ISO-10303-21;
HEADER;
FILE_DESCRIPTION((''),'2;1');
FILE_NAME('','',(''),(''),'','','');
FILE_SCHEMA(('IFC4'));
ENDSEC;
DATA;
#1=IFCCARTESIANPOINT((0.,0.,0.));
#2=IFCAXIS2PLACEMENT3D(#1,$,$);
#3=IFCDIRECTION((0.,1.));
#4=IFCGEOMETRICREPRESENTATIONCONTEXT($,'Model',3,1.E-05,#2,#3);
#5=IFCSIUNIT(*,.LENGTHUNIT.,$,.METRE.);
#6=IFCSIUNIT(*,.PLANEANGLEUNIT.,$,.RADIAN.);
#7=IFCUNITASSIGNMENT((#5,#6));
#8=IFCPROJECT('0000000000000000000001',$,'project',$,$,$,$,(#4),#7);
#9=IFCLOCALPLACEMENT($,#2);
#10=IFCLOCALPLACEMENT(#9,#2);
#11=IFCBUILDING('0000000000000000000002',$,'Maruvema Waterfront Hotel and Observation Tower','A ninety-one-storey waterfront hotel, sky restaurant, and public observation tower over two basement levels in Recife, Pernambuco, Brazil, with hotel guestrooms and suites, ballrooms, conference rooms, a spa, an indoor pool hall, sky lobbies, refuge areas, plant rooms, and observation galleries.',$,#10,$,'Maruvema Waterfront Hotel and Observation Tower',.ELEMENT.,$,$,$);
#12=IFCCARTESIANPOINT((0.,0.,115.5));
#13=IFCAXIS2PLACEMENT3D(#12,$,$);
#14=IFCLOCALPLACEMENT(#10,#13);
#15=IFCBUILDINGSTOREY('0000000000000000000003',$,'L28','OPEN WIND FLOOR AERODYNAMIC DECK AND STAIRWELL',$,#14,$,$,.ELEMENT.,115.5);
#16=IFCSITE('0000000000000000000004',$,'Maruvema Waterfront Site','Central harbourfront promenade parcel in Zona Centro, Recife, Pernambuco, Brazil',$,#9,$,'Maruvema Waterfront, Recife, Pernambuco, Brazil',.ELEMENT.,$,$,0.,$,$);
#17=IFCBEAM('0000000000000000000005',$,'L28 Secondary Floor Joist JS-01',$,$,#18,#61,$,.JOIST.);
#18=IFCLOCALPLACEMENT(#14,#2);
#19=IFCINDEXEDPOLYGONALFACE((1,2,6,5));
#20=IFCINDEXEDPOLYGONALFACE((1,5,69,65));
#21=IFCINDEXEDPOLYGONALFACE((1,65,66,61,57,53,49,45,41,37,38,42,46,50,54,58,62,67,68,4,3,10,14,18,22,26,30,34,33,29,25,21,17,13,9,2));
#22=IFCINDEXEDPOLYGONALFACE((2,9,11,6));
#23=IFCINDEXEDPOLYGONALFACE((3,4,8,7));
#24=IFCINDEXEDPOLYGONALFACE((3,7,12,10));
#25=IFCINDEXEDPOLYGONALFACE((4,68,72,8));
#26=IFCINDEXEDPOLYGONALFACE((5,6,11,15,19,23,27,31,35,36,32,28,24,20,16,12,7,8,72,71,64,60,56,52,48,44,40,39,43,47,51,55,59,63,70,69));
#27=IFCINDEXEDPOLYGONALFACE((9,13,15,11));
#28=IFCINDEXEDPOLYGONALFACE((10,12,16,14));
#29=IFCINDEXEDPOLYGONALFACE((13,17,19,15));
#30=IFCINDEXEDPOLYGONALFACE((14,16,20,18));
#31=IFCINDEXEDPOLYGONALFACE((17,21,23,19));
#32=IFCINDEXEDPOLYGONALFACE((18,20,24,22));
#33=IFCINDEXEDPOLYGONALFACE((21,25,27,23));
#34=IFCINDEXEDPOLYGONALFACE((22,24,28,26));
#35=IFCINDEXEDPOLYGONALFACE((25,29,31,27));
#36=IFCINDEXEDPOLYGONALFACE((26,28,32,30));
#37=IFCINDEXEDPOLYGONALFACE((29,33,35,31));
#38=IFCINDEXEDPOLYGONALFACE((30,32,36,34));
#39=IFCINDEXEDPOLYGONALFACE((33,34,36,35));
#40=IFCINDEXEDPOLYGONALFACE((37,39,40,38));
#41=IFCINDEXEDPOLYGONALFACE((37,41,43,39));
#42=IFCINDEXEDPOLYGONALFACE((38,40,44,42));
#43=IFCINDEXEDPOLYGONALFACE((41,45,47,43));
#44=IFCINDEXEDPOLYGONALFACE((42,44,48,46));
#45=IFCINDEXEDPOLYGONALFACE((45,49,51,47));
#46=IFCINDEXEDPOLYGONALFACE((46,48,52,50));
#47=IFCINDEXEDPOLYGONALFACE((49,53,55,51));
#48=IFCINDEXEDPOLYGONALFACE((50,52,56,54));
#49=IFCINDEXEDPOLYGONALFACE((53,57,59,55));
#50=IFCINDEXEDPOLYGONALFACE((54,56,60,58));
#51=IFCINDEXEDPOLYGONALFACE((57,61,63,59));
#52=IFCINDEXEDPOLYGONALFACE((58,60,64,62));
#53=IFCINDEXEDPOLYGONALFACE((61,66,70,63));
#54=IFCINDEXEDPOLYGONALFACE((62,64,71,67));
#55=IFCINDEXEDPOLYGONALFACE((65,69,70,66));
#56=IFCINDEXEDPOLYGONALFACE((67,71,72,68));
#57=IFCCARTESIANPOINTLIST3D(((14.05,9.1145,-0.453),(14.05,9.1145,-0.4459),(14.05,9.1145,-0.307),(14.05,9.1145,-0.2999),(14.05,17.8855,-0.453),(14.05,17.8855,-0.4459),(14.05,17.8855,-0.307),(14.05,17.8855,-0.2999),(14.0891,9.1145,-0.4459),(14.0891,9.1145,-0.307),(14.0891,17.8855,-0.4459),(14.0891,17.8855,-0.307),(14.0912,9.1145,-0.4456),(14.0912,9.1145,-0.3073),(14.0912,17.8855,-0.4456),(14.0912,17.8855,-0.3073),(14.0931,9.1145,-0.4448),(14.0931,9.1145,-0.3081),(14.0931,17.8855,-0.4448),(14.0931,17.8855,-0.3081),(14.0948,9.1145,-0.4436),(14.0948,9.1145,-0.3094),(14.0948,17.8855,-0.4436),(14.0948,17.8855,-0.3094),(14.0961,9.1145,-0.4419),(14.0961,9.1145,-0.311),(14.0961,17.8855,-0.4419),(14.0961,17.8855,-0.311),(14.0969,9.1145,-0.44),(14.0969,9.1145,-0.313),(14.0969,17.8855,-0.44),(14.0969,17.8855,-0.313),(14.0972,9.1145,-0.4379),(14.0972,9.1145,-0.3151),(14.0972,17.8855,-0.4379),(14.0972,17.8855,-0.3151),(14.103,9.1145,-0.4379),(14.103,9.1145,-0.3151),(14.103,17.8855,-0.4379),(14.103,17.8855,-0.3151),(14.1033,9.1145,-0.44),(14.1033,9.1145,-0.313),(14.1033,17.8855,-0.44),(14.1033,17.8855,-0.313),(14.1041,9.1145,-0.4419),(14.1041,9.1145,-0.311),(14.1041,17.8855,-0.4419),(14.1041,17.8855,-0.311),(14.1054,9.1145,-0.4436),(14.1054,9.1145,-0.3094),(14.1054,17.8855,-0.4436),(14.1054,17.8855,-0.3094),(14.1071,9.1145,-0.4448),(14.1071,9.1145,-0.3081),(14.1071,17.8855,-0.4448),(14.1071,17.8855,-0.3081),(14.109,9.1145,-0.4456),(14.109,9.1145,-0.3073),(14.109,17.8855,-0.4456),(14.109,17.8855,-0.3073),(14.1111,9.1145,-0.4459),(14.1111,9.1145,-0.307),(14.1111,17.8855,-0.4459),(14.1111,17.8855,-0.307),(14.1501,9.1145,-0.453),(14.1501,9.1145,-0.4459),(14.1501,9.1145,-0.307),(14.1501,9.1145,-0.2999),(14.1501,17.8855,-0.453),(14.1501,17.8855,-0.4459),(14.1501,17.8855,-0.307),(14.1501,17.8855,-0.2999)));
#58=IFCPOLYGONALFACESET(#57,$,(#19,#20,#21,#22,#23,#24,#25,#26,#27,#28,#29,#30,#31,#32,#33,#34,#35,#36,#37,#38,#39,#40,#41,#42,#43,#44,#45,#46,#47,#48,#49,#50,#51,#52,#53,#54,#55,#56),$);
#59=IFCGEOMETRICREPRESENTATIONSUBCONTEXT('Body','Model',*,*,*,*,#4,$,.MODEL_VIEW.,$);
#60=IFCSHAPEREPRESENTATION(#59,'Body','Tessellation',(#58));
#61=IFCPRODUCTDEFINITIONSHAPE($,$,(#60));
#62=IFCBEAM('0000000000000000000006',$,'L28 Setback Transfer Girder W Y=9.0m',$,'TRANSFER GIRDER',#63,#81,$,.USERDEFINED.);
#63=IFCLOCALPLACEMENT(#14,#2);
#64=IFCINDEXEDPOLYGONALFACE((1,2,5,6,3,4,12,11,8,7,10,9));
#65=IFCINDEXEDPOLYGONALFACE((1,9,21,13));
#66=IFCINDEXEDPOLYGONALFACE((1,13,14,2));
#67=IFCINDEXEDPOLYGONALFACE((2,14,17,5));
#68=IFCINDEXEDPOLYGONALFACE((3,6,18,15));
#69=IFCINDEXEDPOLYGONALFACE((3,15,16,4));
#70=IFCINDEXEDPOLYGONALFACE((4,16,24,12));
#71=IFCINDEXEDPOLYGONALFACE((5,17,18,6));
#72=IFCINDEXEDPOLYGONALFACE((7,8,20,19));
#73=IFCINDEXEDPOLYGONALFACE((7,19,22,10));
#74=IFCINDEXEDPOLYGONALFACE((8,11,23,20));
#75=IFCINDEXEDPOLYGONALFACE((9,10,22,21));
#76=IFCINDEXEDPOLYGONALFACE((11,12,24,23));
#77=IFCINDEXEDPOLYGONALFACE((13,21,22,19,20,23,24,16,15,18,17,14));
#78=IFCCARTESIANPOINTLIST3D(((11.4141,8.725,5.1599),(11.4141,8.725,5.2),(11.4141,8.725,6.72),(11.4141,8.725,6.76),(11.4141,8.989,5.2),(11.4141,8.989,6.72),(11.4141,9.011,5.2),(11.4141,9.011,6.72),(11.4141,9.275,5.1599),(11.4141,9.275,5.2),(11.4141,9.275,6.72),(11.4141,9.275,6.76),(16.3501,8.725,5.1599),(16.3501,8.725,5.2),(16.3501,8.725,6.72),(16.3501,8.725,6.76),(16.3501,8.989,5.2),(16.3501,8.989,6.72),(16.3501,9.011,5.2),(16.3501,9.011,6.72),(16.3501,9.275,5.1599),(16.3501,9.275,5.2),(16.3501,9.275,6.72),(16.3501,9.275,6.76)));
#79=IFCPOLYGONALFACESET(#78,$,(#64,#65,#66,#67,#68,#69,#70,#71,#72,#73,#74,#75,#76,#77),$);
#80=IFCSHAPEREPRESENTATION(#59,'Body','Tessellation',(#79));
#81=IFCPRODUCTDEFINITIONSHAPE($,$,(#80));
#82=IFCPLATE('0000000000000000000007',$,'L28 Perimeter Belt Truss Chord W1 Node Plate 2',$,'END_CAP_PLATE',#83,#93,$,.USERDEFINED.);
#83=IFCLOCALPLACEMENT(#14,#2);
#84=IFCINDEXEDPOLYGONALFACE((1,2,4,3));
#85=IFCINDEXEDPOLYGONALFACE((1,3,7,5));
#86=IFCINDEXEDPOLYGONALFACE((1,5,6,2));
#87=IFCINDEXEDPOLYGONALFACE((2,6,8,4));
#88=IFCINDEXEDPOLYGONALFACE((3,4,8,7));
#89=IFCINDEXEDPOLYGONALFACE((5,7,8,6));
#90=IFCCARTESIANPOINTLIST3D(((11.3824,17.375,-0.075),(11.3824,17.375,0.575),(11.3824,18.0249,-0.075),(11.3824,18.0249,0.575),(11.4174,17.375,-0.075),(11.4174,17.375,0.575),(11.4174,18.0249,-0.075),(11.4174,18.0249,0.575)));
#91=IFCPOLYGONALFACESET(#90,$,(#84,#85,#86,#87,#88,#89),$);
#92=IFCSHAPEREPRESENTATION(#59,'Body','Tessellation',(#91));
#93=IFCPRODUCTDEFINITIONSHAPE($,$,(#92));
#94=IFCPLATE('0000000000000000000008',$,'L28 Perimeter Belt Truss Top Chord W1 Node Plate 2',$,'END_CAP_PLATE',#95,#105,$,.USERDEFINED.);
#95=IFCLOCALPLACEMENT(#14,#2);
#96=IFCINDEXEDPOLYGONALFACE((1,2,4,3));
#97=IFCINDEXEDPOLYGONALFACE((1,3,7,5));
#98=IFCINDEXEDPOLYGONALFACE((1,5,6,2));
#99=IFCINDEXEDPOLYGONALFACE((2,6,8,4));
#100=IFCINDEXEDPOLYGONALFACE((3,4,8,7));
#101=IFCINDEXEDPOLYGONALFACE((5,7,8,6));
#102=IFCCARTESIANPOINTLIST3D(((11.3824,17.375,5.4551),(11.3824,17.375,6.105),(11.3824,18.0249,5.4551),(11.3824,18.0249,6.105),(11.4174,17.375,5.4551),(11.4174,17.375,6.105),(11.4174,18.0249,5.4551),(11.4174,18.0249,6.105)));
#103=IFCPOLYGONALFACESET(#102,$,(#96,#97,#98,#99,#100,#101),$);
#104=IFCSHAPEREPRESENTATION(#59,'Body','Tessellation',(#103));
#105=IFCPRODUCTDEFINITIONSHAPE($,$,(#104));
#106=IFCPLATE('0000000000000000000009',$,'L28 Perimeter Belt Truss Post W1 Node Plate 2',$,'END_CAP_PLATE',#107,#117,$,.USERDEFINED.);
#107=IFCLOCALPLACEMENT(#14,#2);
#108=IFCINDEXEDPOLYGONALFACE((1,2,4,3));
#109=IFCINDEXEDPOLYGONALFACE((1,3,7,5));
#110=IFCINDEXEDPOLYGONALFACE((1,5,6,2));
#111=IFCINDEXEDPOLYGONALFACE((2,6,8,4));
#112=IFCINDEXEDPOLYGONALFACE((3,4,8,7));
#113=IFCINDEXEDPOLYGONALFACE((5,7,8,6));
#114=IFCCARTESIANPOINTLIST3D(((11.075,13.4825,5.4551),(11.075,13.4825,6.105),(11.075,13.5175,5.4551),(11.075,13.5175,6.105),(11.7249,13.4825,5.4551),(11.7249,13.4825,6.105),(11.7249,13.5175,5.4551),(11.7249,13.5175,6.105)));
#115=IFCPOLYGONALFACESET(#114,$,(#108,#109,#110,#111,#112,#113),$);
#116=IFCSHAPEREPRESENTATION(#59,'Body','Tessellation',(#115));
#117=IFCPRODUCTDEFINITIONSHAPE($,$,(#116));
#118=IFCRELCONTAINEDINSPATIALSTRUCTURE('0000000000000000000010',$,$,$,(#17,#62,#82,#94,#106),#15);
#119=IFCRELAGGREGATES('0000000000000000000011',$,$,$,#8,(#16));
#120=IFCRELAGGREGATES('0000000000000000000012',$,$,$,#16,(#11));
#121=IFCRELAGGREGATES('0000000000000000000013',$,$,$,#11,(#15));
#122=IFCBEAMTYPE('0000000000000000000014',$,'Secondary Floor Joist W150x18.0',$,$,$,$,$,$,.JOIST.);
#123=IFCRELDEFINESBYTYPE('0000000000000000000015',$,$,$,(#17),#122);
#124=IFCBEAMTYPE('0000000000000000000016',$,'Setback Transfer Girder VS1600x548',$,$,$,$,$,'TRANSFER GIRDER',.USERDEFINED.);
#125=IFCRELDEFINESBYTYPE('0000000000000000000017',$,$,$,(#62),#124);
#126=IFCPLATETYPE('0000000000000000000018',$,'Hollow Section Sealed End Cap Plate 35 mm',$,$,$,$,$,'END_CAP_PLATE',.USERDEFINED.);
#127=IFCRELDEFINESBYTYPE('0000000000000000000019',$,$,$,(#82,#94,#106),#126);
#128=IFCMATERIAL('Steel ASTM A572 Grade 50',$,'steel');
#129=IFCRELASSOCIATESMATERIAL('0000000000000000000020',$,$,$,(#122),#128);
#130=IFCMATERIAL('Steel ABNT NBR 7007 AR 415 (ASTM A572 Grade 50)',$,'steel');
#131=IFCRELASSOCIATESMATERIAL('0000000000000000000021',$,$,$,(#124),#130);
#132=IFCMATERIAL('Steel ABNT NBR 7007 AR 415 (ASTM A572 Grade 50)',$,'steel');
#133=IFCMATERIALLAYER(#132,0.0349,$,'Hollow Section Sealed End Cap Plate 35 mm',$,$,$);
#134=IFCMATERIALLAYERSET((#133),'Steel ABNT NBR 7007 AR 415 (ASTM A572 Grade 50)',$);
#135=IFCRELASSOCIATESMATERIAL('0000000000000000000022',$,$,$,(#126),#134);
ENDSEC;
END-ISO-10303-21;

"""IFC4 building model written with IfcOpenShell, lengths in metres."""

from ifc_helpers import new_model, si_unit, direction, frame, origin, origin_2d, place, context, subcontext, project, spatial, rectangle, i_section, extrude, material, layer, layer_set, material_profile, profile_set, type_object, element, save


model = new_model("IFC4")

# Units and contexts
model_context = context("Model", 3, precision=1e-05, world=origin(), true_north=direction((0.0, 1.0)))
body_context = subcontext(model_context, "Body", "Model", "MODEL_VIEW")
ifc_project = project(units=[si_unit("LENGTHUNIT", "METRE"), si_unit("PLANEANGLEUNIT", "RADIAN")], contexts=[model_context])

# Site, building, storey
site_placement = place(None, origin())
site = spatial("IfcSite", under=ifc_project, at=site_placement, Name="Maruvema Waterfront Site", Description="Central harbourfront promenade parcel in Zona Centro, Recife, Pernambuco, Brazil", LongName="Maruvema Waterfront, Recife, Pernambuco, Brazil", CompositionType="ELEMENT", RefElevation=0.0)
building_placement = place(site_placement, origin())
building = spatial("IfcBuilding", under=site, at=building_placement, Name="Maruvema Waterfront Hotel and Observation Tower", Description="A ninety-one-storey waterfront hotel, sky restaurant, and public observation tower over two basement levels in Recife, Pernambuco, Brazil, with hotel guestrooms and suites, ballrooms, conference rooms, a spa, an indoor pool hall, sky lobbies, refuge areas, plant rooms, and observation galleries.", LongName="Maruvema Waterfront Hotel and Observation Tower", CompositionType="ELEMENT")
storey_placement = place(building_placement, frame((0.0, 0.0, 115.5)))
storey = spatial("IfcBuildingStorey", under=building, at=storey_placement, Name="L28", Description="OPEN WIND FLOOR AERODYNAMIC DECK AND STAIRWELL", CompositionType="ELEMENT", Elevation=115.5)

# Beams
ifc_material_1 = material(Name="Steel ASTM A572 Grade 50", Category="steel")
ifc_material_profile_1 = material_profile(ifc_material_1, i_section(OverallWidth=0.1001, OverallDepth=0.1531, WebThickness=0.0059, FlangeThickness=0.0071, FilletRadius=0.0081, at=origin_2d()), Name="W150x18.0")
ifc_profile_set_1 = profile_set([ifc_material_profile_1], Name="Steel ASTM A572 Grade 50")
beam_type_1 = type_object("IfcBeamType", Name="Secondary Floor Joist W150x18.0", PredefinedType="JOIST", material=ifc_profile_set_1)
beam_1_placement = place(storey_placement, frame((14.1001, 9.1145, -0.3765), z_axis=(0.0, 1.0, 0.0), x_axis=(-1.0, 0.0, 0.0)))
element("IfcBeam", 1, at=beam_1_placement, inside=storey, type_object=beam_type_1, Name="L28 Secondary Floor Joist JS-01", PredefinedType="JOIST", context=body_context, shape_type="SweptSolid", body=[
    extrude(i_section(OverallWidth=0.1001, OverallDepth=0.1531, WebThickness=0.0059, FlangeThickness=0.0071, FilletRadius=0.0081, at=origin_2d()), origin(), (0.0, 0.0, 1.0), 8.771),
])
ifc_material_2 = material(Name="Steel ABNT NBR 7007 AR 415 (ASTM A572 Grade 50)", Category="steel")
ifc_material_profile_2 = material_profile(ifc_material_2, i_section(OverallWidth=0.55, OverallDepth=1.6001, WebThickness=0.022, FlangeThickness=0.04, at=origin_2d()), Name="VS1600x548")
ifc_profile_set_2 = profile_set([ifc_material_profile_2], Name="Steel ABNT NBR 7007 AR 415 (ASTM A572 Grade 50)")
beam_type_2 = type_object("IfcBeamType", Name="Setback Transfer Girder VS1600x548", ElementType="TRANSFER GIRDER", PredefinedType="USERDEFINED", material=ifc_profile_set_2)
beam_2_placement = place(storey_placement, frame((11.4141, 9.0, 5.96), z_axis=(1.0, 0.0, 0.0), x_axis=(0.0, 1.0, 0.0)))
element("IfcBeam", 2, at=beam_2_placement, inside=storey, type_object=beam_type_2, Name="L28 Setback Transfer Girder W Y=9.0m", ObjectType="TRANSFER GIRDER", PredefinedType="USERDEFINED", context=body_context, shape_type="SweptSolid", body=[
    extrude(i_section(OverallWidth=0.55, OverallDepth=1.6001, WebThickness=0.022, FlangeThickness=0.04, at=origin_2d()), origin(), (0.0, 0.0, 1.0), 4.936),
])

# Plates
ifc_material_3 = material(Name="Steel ABNT NBR 7007 AR 415 (ASTM A572 Grade 50)", Category="steel")
ifc_layer_1 = layer(ifc_material_3, 0.0349, Name="Hollow Section Sealed End Cap Plate 35 mm")
ifc_layer_set_1 = layer_set([ifc_layer_1], Name="Steel ABNT NBR 7007 AR 415 (ASTM A572 Grade 50)")
plate_type_1 = type_object("IfcPlateType", Name="Hollow Section Sealed End Cap Plate 35 mm", ElementType="END_CAP_PLATE", PredefinedType="USERDEFINED", material=ifc_layer_set_1)
for number, where, z_axis, x_axis, name in (
    (3, (11.3999, 17.7, -0.075), (0.0, 0.0, 1.0), (0.0, 1.0, 0.0), "L28 Perimeter Belt Truss Chord W1 Node Plate 2"),
    (4, (11.3999, 17.7, 5.4551), (0.0, 0.0, 1.0), (0.0, 1.0, 0.0), "L28 Perimeter Belt Truss Top Chord W1 Node Plate 2"),
    (5, (11.3999, 13.5, 5.4551), (0.0, 0.0, 1.0), (1.0, 0.0, 0.0), "L28 Perimeter Belt Truss Post W1 Node Plate 2"),
):
    element("IfcPlate", number, at=place(storey_placement, frame(where, z_axis=z_axis, x_axis=x_axis)), inside=storey, type_object=plate_type_1, Name=name, ObjectType="END_CAP_PLATE", PredefinedType="USERDEFINED", context=body_context, shape_type="SweptSolid", body=[
        extrude(rectangle(XDim=0.6499, YDim=0.0349, at=origin_2d()), origin(), (0.0, 0.0, 1.0), 0.6499),
    ])

save(model, "model.ifc")
